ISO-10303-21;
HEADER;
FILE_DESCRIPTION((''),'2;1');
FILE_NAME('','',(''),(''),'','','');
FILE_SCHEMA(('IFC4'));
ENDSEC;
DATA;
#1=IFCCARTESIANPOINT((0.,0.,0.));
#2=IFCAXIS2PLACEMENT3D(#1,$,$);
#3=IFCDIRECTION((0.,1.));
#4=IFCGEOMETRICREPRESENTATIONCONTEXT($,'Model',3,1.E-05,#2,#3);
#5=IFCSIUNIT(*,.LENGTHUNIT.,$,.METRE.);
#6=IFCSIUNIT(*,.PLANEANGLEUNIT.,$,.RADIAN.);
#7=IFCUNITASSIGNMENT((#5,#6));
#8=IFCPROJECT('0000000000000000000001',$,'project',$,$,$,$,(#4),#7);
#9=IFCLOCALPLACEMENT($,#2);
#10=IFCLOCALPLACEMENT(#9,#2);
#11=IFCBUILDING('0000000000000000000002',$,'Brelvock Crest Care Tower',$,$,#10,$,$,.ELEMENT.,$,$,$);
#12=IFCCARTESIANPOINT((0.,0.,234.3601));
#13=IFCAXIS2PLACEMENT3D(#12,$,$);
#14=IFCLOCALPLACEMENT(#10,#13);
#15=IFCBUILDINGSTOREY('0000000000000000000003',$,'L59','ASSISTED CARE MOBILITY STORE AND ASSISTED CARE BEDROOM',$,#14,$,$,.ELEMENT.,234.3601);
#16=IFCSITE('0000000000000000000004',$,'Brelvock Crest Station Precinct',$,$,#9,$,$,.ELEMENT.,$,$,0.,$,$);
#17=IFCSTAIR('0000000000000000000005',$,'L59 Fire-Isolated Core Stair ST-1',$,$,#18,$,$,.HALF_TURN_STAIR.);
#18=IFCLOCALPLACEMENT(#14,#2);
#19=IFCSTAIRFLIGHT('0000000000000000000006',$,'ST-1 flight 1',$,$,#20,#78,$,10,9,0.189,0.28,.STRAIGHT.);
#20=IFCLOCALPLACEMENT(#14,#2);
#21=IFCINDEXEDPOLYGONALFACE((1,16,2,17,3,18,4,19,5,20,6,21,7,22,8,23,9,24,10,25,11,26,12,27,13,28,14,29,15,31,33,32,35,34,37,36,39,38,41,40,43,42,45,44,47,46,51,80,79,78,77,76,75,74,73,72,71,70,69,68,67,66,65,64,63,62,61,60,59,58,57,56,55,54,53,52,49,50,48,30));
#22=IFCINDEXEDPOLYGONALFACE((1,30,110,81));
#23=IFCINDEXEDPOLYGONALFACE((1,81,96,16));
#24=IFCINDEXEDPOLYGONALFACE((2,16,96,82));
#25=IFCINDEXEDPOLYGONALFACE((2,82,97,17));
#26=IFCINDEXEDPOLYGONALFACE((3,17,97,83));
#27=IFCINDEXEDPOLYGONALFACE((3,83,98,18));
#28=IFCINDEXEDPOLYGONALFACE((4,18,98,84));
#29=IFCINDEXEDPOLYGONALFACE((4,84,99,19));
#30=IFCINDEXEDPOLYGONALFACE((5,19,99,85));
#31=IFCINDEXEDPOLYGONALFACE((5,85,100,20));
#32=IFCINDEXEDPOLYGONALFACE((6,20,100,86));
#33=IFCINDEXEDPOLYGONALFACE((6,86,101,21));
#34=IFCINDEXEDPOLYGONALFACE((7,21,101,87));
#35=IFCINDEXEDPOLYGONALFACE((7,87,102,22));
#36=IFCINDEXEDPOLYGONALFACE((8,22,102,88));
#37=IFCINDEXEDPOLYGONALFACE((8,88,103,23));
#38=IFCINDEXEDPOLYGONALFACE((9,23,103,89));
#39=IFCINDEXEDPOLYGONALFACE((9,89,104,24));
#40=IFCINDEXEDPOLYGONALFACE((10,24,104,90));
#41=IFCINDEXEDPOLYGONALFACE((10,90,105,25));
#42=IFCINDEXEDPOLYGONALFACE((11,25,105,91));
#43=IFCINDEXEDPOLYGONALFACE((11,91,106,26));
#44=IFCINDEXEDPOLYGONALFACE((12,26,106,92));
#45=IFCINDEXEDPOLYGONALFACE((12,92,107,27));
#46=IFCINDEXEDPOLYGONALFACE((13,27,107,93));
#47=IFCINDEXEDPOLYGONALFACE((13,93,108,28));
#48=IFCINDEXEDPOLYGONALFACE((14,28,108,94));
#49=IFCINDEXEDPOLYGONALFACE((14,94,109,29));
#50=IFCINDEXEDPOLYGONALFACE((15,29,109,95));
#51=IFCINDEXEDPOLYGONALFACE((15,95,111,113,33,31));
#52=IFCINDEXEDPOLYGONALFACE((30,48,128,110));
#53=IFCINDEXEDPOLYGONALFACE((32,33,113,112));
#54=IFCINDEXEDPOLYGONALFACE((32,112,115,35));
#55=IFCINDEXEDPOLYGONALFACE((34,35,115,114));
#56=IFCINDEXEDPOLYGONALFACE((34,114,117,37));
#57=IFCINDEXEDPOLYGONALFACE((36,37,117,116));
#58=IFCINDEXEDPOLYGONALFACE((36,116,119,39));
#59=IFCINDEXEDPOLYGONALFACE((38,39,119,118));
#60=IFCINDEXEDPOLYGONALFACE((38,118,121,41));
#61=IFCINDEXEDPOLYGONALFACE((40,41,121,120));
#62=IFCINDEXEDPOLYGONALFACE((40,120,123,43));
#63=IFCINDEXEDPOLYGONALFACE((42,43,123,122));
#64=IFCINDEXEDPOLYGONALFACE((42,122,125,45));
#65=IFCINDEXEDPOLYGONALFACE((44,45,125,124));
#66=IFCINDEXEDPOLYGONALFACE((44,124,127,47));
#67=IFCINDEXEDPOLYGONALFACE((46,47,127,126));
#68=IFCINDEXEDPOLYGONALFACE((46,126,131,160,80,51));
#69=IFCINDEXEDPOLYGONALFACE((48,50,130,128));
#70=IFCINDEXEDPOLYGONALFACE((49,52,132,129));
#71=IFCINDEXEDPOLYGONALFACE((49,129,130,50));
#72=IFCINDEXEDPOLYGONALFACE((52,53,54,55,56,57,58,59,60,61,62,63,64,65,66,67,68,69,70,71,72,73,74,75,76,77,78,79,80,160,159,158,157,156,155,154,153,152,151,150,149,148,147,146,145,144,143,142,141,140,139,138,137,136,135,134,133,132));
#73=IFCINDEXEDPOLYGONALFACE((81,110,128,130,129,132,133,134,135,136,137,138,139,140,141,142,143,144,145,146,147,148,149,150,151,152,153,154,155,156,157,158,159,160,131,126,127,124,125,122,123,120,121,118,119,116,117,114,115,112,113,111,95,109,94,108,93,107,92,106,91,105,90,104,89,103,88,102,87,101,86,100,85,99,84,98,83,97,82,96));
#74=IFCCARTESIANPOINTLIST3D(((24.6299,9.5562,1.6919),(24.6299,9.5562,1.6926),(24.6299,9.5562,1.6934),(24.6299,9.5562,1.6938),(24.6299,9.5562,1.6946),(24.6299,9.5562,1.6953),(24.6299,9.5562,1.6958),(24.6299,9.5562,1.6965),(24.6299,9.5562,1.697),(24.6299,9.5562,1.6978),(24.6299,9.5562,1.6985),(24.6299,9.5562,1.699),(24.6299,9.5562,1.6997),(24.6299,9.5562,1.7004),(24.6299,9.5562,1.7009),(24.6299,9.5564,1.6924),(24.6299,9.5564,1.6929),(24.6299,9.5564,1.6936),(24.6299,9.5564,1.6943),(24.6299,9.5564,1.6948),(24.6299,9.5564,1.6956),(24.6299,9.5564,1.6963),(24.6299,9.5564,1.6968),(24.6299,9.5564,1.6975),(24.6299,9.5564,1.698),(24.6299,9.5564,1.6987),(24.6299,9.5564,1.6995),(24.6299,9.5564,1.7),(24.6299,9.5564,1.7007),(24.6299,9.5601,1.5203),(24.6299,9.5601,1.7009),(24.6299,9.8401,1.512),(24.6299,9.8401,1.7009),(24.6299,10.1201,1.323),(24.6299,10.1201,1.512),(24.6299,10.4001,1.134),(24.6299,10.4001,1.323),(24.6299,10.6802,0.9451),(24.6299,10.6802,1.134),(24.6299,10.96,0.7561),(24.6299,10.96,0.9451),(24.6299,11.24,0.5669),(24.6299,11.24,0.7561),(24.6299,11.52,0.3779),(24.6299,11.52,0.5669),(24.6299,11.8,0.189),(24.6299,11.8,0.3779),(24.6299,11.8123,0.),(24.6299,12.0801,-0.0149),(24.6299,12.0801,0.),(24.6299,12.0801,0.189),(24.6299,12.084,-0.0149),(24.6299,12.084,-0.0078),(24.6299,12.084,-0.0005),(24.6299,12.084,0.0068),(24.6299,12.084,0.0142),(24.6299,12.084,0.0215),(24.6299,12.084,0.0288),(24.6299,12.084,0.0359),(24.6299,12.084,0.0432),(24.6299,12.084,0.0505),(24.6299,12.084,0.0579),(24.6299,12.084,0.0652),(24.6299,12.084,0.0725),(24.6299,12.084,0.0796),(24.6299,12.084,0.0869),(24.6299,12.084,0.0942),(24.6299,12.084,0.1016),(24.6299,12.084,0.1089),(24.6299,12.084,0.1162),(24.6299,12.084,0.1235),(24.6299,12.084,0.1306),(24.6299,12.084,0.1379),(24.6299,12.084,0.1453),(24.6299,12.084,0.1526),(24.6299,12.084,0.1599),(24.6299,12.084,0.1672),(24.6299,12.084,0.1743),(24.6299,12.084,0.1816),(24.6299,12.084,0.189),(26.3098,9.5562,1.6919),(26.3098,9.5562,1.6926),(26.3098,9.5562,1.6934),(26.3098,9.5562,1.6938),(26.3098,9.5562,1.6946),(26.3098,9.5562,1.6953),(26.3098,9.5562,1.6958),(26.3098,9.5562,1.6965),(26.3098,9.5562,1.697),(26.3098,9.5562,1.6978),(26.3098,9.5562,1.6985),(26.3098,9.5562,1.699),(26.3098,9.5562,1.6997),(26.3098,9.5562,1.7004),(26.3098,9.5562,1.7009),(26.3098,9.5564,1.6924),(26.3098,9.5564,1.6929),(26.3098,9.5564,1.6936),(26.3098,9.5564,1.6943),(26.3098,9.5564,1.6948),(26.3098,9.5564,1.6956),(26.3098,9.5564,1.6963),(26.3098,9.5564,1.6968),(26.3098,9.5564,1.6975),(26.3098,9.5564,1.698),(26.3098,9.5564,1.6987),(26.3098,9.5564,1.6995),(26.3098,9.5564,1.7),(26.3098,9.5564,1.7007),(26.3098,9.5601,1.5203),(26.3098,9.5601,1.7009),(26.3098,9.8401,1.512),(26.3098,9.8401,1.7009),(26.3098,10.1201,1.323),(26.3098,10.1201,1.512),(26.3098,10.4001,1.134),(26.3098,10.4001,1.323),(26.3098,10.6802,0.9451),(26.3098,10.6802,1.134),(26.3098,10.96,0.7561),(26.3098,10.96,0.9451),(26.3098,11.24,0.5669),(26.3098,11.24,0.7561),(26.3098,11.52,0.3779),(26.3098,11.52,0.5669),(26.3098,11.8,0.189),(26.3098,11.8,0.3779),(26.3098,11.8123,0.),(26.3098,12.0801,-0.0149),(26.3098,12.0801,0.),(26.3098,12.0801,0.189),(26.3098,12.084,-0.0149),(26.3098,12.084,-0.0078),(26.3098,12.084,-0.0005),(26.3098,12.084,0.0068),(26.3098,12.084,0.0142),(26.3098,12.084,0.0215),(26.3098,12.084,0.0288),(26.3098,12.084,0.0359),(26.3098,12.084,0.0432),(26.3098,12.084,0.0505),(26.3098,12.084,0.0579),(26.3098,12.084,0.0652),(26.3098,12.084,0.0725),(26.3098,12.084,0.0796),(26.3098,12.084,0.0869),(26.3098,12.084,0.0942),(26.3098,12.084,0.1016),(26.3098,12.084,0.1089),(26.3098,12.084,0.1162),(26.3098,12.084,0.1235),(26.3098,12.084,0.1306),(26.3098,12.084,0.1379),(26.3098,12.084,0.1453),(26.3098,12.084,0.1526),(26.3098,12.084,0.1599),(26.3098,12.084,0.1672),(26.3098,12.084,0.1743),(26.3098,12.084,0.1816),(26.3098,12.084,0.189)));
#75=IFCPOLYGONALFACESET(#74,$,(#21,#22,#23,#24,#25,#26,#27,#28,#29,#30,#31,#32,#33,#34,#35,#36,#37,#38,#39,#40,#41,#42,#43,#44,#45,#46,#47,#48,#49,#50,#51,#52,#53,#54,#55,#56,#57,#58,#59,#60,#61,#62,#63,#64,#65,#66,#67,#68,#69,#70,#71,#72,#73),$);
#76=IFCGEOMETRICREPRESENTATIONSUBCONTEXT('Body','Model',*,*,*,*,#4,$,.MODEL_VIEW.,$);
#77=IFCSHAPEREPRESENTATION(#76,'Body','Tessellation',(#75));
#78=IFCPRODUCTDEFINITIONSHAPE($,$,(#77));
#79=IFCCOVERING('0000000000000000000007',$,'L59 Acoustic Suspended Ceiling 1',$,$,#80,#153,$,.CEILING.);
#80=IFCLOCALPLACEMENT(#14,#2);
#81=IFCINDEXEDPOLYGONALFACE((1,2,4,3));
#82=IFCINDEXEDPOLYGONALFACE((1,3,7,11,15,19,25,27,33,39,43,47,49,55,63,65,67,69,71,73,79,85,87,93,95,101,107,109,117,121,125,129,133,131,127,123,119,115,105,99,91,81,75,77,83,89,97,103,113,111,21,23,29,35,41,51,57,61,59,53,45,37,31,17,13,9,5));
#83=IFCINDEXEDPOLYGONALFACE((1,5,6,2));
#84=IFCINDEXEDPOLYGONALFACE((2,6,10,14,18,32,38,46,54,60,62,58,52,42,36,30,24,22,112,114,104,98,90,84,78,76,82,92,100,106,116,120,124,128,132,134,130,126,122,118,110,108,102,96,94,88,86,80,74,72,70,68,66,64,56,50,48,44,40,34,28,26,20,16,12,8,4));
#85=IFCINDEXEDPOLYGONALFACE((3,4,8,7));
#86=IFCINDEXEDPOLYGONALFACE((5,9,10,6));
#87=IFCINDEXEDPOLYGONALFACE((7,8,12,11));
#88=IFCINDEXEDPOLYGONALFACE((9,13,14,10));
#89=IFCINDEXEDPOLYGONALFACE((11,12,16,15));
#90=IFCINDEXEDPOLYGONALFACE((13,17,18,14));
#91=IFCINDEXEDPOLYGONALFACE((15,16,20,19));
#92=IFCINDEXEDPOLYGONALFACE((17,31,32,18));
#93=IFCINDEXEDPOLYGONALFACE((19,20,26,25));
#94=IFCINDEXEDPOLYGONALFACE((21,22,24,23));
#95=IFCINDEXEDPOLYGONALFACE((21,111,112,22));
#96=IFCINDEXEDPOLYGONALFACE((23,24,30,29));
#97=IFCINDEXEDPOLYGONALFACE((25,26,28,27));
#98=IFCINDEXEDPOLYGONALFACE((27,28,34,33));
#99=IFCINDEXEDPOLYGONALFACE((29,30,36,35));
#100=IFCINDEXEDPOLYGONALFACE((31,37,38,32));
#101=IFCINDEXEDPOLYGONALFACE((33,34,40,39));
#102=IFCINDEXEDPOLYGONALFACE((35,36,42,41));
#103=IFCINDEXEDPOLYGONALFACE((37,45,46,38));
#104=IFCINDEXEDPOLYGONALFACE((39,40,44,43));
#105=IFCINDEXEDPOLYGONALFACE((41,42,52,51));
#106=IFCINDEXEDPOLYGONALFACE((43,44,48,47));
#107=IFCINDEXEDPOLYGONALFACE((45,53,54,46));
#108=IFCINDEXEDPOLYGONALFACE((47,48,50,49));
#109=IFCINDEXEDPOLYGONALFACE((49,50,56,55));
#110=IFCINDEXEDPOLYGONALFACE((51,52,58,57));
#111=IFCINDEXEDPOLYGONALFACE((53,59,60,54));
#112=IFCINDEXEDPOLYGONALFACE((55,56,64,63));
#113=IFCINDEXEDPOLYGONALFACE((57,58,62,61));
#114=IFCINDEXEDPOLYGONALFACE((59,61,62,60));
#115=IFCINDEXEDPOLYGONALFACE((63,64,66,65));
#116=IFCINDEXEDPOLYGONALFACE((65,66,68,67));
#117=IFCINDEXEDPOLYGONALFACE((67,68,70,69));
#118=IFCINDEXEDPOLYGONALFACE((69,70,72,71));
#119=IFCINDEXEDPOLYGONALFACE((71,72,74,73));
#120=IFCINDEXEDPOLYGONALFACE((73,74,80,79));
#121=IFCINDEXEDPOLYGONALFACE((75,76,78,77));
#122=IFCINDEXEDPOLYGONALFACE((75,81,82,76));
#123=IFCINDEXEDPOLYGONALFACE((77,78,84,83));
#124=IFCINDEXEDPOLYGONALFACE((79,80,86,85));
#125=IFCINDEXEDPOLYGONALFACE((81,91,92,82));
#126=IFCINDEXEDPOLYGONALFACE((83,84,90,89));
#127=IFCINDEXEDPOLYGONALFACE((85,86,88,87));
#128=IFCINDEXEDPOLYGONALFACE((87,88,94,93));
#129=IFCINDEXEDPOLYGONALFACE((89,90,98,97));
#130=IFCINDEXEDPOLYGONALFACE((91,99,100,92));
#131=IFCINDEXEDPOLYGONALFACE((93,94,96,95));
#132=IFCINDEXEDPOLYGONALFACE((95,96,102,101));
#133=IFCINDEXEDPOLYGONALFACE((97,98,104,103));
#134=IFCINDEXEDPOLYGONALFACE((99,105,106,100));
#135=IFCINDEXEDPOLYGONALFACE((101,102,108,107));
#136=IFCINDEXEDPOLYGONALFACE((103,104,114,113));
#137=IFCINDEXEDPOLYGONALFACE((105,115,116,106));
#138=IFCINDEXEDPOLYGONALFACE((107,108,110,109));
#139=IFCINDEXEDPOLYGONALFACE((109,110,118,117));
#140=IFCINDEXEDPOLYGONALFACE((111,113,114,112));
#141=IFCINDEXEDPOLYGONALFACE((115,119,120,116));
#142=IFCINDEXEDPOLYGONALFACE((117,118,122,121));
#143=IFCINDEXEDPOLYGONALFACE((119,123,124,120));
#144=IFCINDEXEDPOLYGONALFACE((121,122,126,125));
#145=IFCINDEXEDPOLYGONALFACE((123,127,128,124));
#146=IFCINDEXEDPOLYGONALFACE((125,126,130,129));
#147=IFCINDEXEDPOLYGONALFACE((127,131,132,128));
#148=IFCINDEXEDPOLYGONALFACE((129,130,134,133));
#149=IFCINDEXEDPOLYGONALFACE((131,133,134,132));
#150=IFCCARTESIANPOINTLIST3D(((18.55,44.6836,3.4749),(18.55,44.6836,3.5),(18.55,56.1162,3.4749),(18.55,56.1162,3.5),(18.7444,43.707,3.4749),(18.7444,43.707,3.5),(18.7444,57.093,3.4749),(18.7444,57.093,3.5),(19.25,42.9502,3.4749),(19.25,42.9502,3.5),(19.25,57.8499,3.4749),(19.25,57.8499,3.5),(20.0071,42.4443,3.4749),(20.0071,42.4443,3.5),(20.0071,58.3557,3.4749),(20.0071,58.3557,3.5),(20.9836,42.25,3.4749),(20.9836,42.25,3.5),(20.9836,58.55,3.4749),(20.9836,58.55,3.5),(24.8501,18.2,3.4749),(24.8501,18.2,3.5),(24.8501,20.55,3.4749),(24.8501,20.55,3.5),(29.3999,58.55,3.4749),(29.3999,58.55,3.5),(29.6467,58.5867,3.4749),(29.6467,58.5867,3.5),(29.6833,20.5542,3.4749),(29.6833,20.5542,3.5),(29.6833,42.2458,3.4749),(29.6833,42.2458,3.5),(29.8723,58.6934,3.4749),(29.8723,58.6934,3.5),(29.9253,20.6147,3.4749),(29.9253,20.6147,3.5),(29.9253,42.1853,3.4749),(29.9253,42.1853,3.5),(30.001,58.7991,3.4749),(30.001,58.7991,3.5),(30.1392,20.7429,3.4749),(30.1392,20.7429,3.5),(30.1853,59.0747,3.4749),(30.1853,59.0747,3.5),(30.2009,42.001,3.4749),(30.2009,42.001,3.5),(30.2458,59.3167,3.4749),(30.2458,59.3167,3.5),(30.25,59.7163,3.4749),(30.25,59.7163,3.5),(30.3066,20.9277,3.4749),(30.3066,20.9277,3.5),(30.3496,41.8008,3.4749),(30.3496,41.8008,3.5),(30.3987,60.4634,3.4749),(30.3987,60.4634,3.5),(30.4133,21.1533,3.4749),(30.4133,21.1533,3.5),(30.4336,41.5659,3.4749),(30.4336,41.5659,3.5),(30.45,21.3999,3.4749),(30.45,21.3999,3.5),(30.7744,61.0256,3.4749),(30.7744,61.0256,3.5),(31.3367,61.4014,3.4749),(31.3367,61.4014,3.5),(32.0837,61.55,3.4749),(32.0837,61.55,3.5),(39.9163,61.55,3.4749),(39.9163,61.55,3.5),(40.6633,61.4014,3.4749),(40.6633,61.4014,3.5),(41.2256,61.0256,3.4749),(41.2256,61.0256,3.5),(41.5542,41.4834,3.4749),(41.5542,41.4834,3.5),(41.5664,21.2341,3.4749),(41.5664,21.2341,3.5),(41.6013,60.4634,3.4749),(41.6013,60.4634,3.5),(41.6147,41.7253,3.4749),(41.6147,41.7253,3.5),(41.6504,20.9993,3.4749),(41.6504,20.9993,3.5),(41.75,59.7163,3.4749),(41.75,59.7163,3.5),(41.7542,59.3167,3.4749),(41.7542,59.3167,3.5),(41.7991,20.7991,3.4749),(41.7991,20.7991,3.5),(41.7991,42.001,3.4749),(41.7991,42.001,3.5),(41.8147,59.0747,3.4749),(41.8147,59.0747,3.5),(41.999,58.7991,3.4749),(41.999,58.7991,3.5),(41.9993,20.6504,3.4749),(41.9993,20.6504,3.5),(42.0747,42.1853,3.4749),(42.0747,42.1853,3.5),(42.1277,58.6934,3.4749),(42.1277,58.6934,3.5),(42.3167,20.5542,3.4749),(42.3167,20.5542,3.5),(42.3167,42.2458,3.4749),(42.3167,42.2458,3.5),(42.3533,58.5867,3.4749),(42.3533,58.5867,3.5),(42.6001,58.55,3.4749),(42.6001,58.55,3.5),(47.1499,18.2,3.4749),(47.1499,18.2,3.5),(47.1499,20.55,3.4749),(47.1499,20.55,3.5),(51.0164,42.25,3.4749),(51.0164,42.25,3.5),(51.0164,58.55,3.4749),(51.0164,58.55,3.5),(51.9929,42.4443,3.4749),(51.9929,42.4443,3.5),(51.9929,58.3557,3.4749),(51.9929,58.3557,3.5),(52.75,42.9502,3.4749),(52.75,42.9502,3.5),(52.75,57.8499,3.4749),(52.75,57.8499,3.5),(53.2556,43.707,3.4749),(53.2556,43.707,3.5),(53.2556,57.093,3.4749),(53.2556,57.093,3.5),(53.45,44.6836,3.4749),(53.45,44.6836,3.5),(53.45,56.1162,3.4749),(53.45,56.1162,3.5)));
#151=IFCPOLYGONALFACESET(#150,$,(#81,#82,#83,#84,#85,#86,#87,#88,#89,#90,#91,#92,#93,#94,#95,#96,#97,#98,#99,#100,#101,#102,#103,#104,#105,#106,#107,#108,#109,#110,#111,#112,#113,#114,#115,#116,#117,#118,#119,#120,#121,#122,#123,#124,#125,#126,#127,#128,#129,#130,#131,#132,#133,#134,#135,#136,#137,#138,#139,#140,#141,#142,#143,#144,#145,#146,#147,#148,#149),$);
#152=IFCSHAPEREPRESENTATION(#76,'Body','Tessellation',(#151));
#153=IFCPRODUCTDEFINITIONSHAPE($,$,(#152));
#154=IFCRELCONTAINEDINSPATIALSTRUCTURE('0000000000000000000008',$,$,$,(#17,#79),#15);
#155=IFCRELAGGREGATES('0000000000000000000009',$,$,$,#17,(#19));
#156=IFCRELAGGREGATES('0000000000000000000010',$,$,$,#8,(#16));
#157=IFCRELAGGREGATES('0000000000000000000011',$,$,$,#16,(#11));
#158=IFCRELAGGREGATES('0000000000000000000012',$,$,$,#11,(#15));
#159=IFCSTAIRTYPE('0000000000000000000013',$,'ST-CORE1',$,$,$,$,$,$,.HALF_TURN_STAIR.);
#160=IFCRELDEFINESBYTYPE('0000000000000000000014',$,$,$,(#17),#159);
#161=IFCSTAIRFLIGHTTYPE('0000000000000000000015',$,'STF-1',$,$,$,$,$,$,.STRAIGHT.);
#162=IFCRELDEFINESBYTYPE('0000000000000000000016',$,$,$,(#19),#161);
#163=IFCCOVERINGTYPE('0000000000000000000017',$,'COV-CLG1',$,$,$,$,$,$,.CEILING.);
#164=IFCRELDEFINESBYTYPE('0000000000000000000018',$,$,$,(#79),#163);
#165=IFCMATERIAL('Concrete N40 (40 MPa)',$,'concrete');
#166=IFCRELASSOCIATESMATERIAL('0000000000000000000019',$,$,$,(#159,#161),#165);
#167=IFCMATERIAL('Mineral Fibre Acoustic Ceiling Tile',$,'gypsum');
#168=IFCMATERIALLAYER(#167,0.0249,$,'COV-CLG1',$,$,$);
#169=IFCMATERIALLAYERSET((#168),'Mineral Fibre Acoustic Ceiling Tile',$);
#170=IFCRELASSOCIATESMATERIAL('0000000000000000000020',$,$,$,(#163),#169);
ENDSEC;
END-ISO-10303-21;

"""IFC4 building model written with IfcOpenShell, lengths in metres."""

from ifc_helpers import new_model, si_unit, direction, frame, origin, place, context, subcontext, project, spatial, polyline, outline, extrude, material, layer, layer_set, type_object, element, aggregate, save


model = new_model("IFC4")

# Units and contexts
model_context = context("Model", 3, precision=1e-05, world=origin(), true_north=direction((0.0, 1.0)))
body_context = subcontext(model_context, "Body", "Model", "MODEL_VIEW")
ifc_project = project(units=[si_unit("LENGTHUNIT", "METRE"), si_unit("PLANEANGLEUNIT", "RADIAN")], contexts=[model_context])

# Site, building, storey
site_placement = place(None, origin())
site = spatial("IfcSite", under=ifc_project, at=site_placement, Name="Brelvock Crest Station Precinct", CompositionType="ELEMENT", RefElevation=0.0)
building_placement = place(site_placement, origin())
building = spatial("IfcBuilding", under=site, at=building_placement, Name="Brelvock Crest Care Tower", CompositionType="ELEMENT")
storey_placement = place(building_placement, frame((0.0, 0.0, 234.3601)))
storey = spatial("IfcBuildingStorey", under=building, at=storey_placement, Name="L59", Description="ASSISTED CARE MOBILITY STORE AND ASSISTED CARE BEDROOM", CompositionType="ELEMENT", Elevation=234.3601)

# Stair
ifc_material_1 = material(Name="Concrete N40 (40 MPa)", Category="concrete")
stair_type = type_object("IfcStairType", Name="ST-CORE1", PredefinedType="HALF_TURN_STAIR", material=ifc_material_1)
stair_1_placement = place(storey_placement, origin())
stair_1 = element("IfcStair", 1, at=stair_1_placement, inside=storey, type_object=stair_type, Name="L59 Fire-Isolated Core Stair ST-1", PredefinedType="HALF_TURN_STAIR")

# Stair flight
stair_flight_type = type_object("IfcStairFlightType", Name="STF-1", PredefinedType="STRAIGHT", material=ifc_material_1)
stair_flight_placement = place(storey_placement, frame((25.47, 12.0801, 0.0), z_axis=(0.0, 0.0, 1.0), x_axis=(0.0, -1.0, 0.0)))
stair_flight = element("IfcStairFlight", 2, at=stair_flight_placement, type_object=stair_flight_type, Name="ST-1 flight 1", NumberOfRisers=10, NumberOfTreads=9, PredefinedType="STRAIGHT", RiserHeight=0.189, TreadLength=0.28, context=body_context, shape_type="SweptSolid", body=[
    extrude(outline(polyline([(-0.0039, -0.0149), (-0.0039, -0.0078), (-0.0039, -0.0005), (-0.0039, 0.0068), (-0.0039, 0.0142), (-0.0039, 0.0215), (-0.0039, 0.0288), (-0.0039, 0.0359), (-0.0039, 0.0432), (-0.0039, 0.0505), (-0.0039, 0.0579), (-0.0039, 0.0652), (-0.0039, 0.0725), (-0.0039, 0.0796), (-0.0039, 0.0869), (-0.0039, 0.0942), (-0.0039, 0.1016), (-0.0039, 0.1089), (-0.0039, 0.1162), (-0.0039, 0.1235), (-0.0039, 0.1306), (-0.0039, 0.1379), (-0.0039, 0.1453), (-0.0039, 0.1526), (-0.0039, 0.1599), (-0.0039, 0.1672), (-0.0039, 0.1743), (-0.0039, 0.1816), (-0.0039, 0.189), (0.0, 0.189), (0.28, 0.189), (0.28, 0.3779), (0.5601, 0.3779), (0.5601, 0.5669), (0.8401, 0.5669), (0.8401, 0.7561), (1.1201, 0.7561), (1.1201, 0.9451), (1.3999, 0.9451), (1.3999, 1.134), (1.6799, 1.134), (1.6799, 1.323), (1.96, 1.323), (1.96, 1.512), (2.24, 1.512), (2.24, 1.7009), (2.52, 1.7009), (2.5239, 1.7009), (2.5237, 1.7007), (2.5239, 1.7004), (2.5237, 1.7), (2.5239, 1.6997), (2.5237, 1.6995), (2.5239, 1.699), (2.5237, 1.6987), (2.5239, 1.6985), (2.5237, 1.698), (2.5239, 1.6978), (2.5237, 1.6975), (2.5239, 1.697), (2.5237, 1.6968), (2.5239, 1.6965), (2.5237, 1.6963), (2.5239, 1.6958), (2.5237, 1.6956), (2.5239, 1.6953), (2.5237, 1.6948), (2.5239, 1.6946), (2.5237, 1.6943), (2.5239, 1.6938), (2.5237, 1.6936), (2.5239, 1.6934), (2.5237, 1.6929), (2.5239, 1.6926), (2.5237, 1.6924), (2.5239, 1.6919), (2.52, 1.5203), (0.2678, 0.0), (0.0, 0.0), (0.0, -0.0149), (-0.0039, -0.0149)])), frame((0.0, 0.8398, 0.0), z_axis=(0.0, -1.0, 0.0), x_axis=(1.0, 0.0, 0.0)), (0.0, 0.0, 1.0), 1.6799),
])
aggregate(stair_1, [stair_flight])

# Covering
ifc_material_2 = material(Name="Mineral Fibre Acoustic Ceiling Tile", Category="gypsum")
ifc_layer_1 = layer(ifc_material_2, 0.0249, Name="COV-CLG1")
ifc_layer_set_1 = layer_set([ifc_layer_1], Name="Mineral Fibre Acoustic Ceiling Tile")
covering_type_1 = type_object("IfcCoveringType", Name="COV-CLG1", PredefinedType="CEILING", material=ifc_layer_set_1)
covering_1_placement = place(storey_placement, frame((0.0, 0.0, 3.4749)))
element("IfcCovering", 3, at=covering_1_placement, inside=storey, type_object=covering_type_1, Name="L59 Acoustic Suspended Ceiling 1", PredefinedType="CEILING", context=body_context, shape_type="SweptSolid", body=[
    extrude(outline(polyline([(24.8501, 18.2), (47.1499, 18.2), (47.1499, 20.55), (42.3167, 20.5542), (41.9993, 20.6504), (41.7991, 20.7991), (41.6504, 20.9993), (41.5664, 21.2341), (41.5542, 41.4834), (41.6147, 41.7253), (41.7991, 42.001), (42.0747, 42.1853), (42.3167, 42.2458), (51.0164, 42.25), (51.9929, 42.4443), (52.75, 42.9502), (53.2556, 43.707), (53.45, 44.6836), (53.45, 56.1162), (53.2556, 57.093), (52.75, 57.8499), (51.9929, 58.3557), (51.0164, 58.55), (42.6001, 58.55), (42.3533, 58.5867), (42.1277, 58.6934), (41.999, 58.7991), (41.8147, 59.0747), (41.7542, 59.3167), (41.75, 59.7163), (41.6013, 60.4634), (41.2256, 61.0256), (40.6633, 61.4014), (39.9163, 61.55), (32.0837, 61.55), (31.3367, 61.4014), (30.7744, 61.0256), (30.3987, 60.4634), (30.25, 59.7163), (30.2458, 59.3167), (30.1853, 59.0747), (30.001, 58.7991), (29.8723, 58.6934), (29.6467, 58.5867), (29.3999, 58.55), (20.9836, 58.55), (20.0071, 58.3557), (19.25, 57.8499), (18.7444, 57.093), (18.55, 56.1162), (18.55, 44.6836), (18.7444, 43.707), (19.25, 42.9502), (20.0071, 42.4443), (20.9836, 42.25), (29.6833, 42.2458), (29.9253, 42.1853), (30.2009, 42.001), (30.3496, 41.8008), (30.4336, 41.5659), (30.45, 21.3999), (30.4133, 21.1533), (30.3066, 20.9277), (30.1392, 20.7429), (29.9253, 20.6147), (29.6833, 20.5542), (24.8501, 20.55), (24.8501, 18.2)])), origin(), (0.0, 0.0, 1.0), 0.0251),
])

save(model, "model.ifc")
